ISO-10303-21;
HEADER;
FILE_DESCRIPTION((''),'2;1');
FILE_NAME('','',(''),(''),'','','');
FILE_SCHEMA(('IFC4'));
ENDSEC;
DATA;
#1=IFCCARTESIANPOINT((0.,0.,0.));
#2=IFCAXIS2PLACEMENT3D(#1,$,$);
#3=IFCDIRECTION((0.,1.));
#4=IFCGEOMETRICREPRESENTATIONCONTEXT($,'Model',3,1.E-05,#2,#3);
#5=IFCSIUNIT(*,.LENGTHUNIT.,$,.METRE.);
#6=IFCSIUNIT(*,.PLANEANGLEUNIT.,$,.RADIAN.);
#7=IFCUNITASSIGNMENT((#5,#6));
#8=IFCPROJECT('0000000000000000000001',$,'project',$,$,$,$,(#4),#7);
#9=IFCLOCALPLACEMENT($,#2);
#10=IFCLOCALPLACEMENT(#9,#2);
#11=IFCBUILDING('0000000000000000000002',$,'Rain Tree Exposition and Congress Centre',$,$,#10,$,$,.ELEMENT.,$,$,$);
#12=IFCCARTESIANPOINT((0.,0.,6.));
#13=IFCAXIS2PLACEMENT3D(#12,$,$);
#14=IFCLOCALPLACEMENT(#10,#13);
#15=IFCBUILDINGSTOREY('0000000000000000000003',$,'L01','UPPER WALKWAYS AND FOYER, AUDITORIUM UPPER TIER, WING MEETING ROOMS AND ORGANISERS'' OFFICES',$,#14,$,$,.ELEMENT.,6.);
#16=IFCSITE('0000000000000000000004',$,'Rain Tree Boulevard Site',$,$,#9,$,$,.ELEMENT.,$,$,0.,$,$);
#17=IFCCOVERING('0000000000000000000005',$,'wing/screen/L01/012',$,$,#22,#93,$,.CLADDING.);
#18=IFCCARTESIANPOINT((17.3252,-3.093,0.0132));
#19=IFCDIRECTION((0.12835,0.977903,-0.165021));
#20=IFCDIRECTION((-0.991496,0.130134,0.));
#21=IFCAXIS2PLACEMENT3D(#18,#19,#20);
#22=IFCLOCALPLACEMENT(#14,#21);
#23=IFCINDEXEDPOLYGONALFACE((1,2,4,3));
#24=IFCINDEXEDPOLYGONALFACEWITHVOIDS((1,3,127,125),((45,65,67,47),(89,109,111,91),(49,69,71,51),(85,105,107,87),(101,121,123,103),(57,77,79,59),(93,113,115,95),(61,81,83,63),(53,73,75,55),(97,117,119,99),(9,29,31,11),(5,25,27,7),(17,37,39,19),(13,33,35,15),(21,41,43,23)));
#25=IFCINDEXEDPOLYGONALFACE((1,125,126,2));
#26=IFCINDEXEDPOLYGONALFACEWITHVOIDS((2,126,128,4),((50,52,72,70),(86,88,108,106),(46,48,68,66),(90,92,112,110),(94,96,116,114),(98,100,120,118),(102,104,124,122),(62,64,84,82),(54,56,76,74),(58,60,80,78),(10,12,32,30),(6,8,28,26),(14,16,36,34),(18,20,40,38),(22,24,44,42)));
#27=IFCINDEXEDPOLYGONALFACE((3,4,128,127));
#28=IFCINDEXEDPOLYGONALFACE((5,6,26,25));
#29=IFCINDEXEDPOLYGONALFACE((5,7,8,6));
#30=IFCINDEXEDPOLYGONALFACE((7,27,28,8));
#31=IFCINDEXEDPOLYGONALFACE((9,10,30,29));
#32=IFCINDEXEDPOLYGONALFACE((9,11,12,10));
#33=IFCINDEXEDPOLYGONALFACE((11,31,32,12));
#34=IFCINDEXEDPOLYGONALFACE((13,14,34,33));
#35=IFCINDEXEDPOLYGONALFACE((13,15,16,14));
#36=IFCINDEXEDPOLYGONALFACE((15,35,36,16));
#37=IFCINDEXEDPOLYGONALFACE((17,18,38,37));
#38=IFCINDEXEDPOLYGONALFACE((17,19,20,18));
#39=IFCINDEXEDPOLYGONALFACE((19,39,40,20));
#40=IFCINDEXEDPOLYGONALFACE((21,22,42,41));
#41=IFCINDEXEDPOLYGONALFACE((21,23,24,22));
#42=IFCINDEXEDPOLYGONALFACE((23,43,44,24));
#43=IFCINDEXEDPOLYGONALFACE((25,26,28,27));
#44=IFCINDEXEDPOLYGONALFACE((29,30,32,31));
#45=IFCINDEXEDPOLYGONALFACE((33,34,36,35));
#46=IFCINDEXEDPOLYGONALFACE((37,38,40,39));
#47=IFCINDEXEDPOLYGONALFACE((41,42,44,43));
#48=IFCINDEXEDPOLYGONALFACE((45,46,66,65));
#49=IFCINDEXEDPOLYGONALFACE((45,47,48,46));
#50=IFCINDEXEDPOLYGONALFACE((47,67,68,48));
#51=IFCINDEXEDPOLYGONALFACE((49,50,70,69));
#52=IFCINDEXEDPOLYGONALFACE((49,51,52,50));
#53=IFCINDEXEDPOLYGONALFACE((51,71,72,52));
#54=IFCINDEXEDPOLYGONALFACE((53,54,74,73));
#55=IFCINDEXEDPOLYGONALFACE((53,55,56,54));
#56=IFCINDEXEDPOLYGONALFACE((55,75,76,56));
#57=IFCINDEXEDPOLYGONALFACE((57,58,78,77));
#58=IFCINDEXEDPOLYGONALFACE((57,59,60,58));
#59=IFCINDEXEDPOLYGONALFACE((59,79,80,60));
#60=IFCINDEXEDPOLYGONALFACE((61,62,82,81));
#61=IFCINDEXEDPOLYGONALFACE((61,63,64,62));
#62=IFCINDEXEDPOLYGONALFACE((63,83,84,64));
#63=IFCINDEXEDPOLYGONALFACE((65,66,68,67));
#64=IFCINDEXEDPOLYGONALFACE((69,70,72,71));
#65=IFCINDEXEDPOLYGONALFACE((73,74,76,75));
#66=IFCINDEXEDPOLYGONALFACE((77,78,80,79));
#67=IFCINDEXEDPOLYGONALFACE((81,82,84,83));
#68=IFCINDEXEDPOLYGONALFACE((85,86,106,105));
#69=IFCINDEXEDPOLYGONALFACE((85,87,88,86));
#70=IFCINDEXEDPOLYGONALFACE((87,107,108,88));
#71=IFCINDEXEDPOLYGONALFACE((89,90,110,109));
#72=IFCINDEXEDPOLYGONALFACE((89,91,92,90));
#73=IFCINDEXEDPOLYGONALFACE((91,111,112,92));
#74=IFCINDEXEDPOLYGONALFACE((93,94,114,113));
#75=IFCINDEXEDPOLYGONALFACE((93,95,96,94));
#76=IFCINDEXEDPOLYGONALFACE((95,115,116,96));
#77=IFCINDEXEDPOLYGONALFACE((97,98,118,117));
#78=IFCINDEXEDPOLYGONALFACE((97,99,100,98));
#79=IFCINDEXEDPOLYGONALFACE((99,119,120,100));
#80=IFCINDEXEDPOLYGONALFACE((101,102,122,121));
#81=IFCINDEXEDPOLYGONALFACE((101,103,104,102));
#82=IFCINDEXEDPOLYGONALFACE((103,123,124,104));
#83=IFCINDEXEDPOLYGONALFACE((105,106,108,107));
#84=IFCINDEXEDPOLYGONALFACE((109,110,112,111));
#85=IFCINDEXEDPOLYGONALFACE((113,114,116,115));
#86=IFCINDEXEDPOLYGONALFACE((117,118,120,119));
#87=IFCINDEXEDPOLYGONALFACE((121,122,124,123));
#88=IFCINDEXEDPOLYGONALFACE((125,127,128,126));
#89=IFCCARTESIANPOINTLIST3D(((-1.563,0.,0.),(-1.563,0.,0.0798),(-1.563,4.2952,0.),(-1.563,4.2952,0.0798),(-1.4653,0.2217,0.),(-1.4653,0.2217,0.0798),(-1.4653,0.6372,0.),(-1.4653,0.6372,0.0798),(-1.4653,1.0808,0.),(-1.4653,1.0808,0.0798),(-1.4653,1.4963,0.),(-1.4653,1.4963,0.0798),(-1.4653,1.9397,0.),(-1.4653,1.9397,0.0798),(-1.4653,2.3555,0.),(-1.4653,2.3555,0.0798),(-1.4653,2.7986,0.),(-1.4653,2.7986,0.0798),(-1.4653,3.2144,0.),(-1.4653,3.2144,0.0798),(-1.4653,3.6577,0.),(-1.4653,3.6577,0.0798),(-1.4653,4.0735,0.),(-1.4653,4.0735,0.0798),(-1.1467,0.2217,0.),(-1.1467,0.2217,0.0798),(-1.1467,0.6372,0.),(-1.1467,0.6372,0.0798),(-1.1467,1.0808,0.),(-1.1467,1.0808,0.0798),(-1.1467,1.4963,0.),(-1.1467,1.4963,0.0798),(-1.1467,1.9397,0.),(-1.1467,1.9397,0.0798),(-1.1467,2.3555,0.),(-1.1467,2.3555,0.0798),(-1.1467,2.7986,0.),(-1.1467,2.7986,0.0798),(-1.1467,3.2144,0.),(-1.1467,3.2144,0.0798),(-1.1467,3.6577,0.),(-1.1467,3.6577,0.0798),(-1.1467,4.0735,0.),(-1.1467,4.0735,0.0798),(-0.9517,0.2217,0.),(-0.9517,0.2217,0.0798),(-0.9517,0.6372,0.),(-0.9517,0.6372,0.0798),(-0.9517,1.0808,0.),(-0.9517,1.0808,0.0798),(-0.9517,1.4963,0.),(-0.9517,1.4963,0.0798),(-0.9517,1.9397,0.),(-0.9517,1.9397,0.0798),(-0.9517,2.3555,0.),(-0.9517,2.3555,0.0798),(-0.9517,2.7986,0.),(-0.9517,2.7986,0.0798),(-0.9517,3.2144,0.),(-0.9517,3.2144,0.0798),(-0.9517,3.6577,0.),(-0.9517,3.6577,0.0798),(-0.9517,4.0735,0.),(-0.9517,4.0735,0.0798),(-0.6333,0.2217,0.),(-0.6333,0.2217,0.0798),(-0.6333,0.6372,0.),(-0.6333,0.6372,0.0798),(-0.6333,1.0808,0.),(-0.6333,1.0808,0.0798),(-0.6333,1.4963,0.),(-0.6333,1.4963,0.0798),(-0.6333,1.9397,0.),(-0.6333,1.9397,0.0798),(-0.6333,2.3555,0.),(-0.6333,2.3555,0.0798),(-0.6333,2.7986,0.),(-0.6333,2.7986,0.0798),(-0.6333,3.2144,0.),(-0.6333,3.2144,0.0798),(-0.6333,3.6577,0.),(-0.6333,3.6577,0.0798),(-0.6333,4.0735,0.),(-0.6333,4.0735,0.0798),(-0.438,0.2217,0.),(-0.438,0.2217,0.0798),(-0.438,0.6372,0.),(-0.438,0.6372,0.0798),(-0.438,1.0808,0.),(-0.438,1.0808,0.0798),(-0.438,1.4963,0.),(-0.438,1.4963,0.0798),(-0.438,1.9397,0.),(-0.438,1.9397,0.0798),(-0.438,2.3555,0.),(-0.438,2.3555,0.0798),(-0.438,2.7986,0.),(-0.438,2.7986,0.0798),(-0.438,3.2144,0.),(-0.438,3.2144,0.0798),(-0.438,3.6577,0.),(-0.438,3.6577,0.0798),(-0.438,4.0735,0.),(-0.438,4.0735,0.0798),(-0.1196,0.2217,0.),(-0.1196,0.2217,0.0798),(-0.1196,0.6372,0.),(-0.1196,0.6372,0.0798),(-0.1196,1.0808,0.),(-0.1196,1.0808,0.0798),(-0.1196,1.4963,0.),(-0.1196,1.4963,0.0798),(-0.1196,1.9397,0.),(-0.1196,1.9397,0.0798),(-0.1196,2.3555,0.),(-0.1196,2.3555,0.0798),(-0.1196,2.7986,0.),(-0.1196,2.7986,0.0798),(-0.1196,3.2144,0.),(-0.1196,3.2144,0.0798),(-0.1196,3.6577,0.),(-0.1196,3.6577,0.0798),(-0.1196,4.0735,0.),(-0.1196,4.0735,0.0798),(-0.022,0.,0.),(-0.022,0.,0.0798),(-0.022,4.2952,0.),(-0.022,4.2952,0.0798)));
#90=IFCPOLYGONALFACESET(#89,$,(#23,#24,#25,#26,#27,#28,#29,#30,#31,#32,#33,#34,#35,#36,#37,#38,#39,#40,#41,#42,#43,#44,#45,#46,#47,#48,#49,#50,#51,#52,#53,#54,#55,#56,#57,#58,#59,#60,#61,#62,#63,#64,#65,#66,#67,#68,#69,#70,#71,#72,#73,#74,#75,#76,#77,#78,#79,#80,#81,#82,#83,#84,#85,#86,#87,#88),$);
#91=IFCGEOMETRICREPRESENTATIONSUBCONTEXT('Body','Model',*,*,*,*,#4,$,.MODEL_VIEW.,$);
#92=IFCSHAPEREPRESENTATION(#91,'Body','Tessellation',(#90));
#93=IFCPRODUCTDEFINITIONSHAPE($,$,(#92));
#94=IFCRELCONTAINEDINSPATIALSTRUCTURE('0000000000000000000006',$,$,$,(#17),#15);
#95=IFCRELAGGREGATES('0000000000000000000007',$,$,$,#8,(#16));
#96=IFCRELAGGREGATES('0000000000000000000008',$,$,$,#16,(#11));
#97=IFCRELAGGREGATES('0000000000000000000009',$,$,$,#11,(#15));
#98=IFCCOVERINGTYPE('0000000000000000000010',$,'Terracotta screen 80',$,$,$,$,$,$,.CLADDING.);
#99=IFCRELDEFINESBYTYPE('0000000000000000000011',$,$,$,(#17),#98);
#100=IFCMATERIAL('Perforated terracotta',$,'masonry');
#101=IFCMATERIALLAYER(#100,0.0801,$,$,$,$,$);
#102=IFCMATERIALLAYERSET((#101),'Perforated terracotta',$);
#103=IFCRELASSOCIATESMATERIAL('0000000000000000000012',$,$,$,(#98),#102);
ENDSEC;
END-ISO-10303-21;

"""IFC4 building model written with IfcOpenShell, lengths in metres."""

from ifc_helpers import new_model, si_unit, direction, frame, origin, place, context, subcontext, project, spatial, polyline, outline, extrude, material, layer, layer_set, type_object, element, save


model = new_model("IFC4")

# Units and contexts
model_context = context("Model", 3, precision=1e-05, world=origin(), true_north=direction((0.0, 1.0)))
body_context = subcontext(model_context, "Body", "Model", "MODEL_VIEW")
ifc_project = project(units=[si_unit("LENGTHUNIT", "METRE"), si_unit("PLANEANGLEUNIT", "RADIAN")], contexts=[model_context])

# Site, building, storey
site_placement = place(None, origin())
site = spatial("IfcSite", under=ifc_project, at=site_placement, Name="Rain Tree Boulevard Site", CompositionType="ELEMENT", RefElevation=0.0)
building_placement = place(site_placement, origin())
building = spatial("IfcBuilding", under=site, at=building_placement, Name="Rain Tree Exposition and Congress Centre", CompositionType="ELEMENT")
storey_placement = place(building_placement, frame((0.0, 0.0, 6.0)))
storey = spatial("IfcBuildingStorey", under=building, at=storey_placement, Name="L01", Description="UPPER WALKWAYS AND FOYER, AUDITORIUM UPPER TIER, WING MEETING ROOMS AND ORGANISERS' OFFICES", CompositionType="ELEMENT", Elevation=6.0)

# Covering
ifc_material_1 = material(Name="Perforated terracotta", Category="masonry")
ifc_layer_1 = layer(ifc_material_1, 0.0801)
ifc_layer_set_1 = layer_set([ifc_layer_1], Name="Perforated terracotta")
covering_type = type_object("IfcCoveringType", Name="Terracotta screen 80", PredefinedType="CLADDING", material=ifc_layer_set_1)
covering_1_placement = place(storey_placement, frame((17.3252, -3.093, 0.0132), z_axis=(0.12835, 0.977903, -0.165021), x_axis=(-0.991496, 0.130134, 0.0)))
element("IfcCovering", 1, at=covering_1_placement, inside=storey, type_object=covering_type, Name="wing/screen/L01/012", PredefinedType="CLADDING", context=body_context, shape_type="SweptSolid", body=[
    extrude(outline(polyline([(-1.563, 0.0), (-1.563, 4.2952), (-0.022, 4.2952), (-0.022, 0.0), (-1.563, 0.0)]), holes=[polyline([(-0.1196, 0.2217), (-0.1196, 0.6372), (-0.438, 0.6372), (-0.438, 0.2217), (-0.1196, 0.2217)]), polyline([(-0.1196, 1.0808), (-0.1196, 1.4963), (-0.438, 1.4963), (-0.438, 1.0808), (-0.1196, 1.0808)]), polyline([(-0.1196, 1.9397), (-0.1196, 2.3555), (-0.438, 2.3555), (-0.438, 1.9397), (-0.1196, 1.9397)]), polyline([(-0.1196, 2.7986), (-0.1196, 3.2144), (-0.438, 3.2144), (-0.438, 2.7986), (-0.1196, 2.7986)]), polyline([(-0.1196, 3.6577), (-0.1196, 4.0735), (-0.438, 4.0735), (-0.438, 3.6577), (-0.1196, 3.6577)]), polyline([(-0.6333, 0.2217), (-0.6333, 0.6372), (-0.9517, 0.6372), (-0.9517, 0.2217), (-0.6333, 0.2217)]), polyline([(-0.6333, 1.0808), (-0.6333, 1.4963), (-0.9517, 1.4963), (-0.9517, 1.0808), (-0.6333, 1.0808)]), polyline([(-0.6333, 1.9397), (-0.6333, 2.3555), (-0.9517, 2.3555), (-0.9517, 1.9397), (-0.6333, 1.9397)]), polyline([(-0.6333, 2.7986), (-0.6333, 3.2144), (-0.9517, 3.2144), (-0.9517, 2.7986), (-0.6333, 2.7986)]), polyline([(-0.6333, 3.6577), (-0.6333, 4.0735), (-0.9517, 4.0735), (-0.9517, 3.6577), (-0.6333, 3.6577)]), polyline([(-1.1467, 0.2217), (-1.1467, 0.6372), (-1.4653, 0.6372), (-1.4653, 0.2217), (-1.1467, 0.2217)]), polyline([(-1.1467, 1.0808), (-1.1467, 1.4963), (-1.4653, 1.4963), (-1.4653, 1.0808), (-1.1467, 1.0808)]), polyline([(-1.1467, 1.9397), (-1.1467, 2.3555), (-1.4653, 2.3555), (-1.4653, 1.9397), (-1.1467, 1.9397)]), polyline([(-1.1467, 2.7986), (-1.1467, 3.2144), (-1.4653, 3.2144), (-1.4653, 2.7986), (-1.1467, 2.7986)]), polyline([(-1.1467, 3.6577), (-1.1467, 4.0735), (-1.4653, 4.0735), (-1.4653, 3.6577), (-1.1467, 3.6577)])]), origin(), (0.0, 0.0, 1.0), 0.0798),
])

save(model, "model.ifc")
